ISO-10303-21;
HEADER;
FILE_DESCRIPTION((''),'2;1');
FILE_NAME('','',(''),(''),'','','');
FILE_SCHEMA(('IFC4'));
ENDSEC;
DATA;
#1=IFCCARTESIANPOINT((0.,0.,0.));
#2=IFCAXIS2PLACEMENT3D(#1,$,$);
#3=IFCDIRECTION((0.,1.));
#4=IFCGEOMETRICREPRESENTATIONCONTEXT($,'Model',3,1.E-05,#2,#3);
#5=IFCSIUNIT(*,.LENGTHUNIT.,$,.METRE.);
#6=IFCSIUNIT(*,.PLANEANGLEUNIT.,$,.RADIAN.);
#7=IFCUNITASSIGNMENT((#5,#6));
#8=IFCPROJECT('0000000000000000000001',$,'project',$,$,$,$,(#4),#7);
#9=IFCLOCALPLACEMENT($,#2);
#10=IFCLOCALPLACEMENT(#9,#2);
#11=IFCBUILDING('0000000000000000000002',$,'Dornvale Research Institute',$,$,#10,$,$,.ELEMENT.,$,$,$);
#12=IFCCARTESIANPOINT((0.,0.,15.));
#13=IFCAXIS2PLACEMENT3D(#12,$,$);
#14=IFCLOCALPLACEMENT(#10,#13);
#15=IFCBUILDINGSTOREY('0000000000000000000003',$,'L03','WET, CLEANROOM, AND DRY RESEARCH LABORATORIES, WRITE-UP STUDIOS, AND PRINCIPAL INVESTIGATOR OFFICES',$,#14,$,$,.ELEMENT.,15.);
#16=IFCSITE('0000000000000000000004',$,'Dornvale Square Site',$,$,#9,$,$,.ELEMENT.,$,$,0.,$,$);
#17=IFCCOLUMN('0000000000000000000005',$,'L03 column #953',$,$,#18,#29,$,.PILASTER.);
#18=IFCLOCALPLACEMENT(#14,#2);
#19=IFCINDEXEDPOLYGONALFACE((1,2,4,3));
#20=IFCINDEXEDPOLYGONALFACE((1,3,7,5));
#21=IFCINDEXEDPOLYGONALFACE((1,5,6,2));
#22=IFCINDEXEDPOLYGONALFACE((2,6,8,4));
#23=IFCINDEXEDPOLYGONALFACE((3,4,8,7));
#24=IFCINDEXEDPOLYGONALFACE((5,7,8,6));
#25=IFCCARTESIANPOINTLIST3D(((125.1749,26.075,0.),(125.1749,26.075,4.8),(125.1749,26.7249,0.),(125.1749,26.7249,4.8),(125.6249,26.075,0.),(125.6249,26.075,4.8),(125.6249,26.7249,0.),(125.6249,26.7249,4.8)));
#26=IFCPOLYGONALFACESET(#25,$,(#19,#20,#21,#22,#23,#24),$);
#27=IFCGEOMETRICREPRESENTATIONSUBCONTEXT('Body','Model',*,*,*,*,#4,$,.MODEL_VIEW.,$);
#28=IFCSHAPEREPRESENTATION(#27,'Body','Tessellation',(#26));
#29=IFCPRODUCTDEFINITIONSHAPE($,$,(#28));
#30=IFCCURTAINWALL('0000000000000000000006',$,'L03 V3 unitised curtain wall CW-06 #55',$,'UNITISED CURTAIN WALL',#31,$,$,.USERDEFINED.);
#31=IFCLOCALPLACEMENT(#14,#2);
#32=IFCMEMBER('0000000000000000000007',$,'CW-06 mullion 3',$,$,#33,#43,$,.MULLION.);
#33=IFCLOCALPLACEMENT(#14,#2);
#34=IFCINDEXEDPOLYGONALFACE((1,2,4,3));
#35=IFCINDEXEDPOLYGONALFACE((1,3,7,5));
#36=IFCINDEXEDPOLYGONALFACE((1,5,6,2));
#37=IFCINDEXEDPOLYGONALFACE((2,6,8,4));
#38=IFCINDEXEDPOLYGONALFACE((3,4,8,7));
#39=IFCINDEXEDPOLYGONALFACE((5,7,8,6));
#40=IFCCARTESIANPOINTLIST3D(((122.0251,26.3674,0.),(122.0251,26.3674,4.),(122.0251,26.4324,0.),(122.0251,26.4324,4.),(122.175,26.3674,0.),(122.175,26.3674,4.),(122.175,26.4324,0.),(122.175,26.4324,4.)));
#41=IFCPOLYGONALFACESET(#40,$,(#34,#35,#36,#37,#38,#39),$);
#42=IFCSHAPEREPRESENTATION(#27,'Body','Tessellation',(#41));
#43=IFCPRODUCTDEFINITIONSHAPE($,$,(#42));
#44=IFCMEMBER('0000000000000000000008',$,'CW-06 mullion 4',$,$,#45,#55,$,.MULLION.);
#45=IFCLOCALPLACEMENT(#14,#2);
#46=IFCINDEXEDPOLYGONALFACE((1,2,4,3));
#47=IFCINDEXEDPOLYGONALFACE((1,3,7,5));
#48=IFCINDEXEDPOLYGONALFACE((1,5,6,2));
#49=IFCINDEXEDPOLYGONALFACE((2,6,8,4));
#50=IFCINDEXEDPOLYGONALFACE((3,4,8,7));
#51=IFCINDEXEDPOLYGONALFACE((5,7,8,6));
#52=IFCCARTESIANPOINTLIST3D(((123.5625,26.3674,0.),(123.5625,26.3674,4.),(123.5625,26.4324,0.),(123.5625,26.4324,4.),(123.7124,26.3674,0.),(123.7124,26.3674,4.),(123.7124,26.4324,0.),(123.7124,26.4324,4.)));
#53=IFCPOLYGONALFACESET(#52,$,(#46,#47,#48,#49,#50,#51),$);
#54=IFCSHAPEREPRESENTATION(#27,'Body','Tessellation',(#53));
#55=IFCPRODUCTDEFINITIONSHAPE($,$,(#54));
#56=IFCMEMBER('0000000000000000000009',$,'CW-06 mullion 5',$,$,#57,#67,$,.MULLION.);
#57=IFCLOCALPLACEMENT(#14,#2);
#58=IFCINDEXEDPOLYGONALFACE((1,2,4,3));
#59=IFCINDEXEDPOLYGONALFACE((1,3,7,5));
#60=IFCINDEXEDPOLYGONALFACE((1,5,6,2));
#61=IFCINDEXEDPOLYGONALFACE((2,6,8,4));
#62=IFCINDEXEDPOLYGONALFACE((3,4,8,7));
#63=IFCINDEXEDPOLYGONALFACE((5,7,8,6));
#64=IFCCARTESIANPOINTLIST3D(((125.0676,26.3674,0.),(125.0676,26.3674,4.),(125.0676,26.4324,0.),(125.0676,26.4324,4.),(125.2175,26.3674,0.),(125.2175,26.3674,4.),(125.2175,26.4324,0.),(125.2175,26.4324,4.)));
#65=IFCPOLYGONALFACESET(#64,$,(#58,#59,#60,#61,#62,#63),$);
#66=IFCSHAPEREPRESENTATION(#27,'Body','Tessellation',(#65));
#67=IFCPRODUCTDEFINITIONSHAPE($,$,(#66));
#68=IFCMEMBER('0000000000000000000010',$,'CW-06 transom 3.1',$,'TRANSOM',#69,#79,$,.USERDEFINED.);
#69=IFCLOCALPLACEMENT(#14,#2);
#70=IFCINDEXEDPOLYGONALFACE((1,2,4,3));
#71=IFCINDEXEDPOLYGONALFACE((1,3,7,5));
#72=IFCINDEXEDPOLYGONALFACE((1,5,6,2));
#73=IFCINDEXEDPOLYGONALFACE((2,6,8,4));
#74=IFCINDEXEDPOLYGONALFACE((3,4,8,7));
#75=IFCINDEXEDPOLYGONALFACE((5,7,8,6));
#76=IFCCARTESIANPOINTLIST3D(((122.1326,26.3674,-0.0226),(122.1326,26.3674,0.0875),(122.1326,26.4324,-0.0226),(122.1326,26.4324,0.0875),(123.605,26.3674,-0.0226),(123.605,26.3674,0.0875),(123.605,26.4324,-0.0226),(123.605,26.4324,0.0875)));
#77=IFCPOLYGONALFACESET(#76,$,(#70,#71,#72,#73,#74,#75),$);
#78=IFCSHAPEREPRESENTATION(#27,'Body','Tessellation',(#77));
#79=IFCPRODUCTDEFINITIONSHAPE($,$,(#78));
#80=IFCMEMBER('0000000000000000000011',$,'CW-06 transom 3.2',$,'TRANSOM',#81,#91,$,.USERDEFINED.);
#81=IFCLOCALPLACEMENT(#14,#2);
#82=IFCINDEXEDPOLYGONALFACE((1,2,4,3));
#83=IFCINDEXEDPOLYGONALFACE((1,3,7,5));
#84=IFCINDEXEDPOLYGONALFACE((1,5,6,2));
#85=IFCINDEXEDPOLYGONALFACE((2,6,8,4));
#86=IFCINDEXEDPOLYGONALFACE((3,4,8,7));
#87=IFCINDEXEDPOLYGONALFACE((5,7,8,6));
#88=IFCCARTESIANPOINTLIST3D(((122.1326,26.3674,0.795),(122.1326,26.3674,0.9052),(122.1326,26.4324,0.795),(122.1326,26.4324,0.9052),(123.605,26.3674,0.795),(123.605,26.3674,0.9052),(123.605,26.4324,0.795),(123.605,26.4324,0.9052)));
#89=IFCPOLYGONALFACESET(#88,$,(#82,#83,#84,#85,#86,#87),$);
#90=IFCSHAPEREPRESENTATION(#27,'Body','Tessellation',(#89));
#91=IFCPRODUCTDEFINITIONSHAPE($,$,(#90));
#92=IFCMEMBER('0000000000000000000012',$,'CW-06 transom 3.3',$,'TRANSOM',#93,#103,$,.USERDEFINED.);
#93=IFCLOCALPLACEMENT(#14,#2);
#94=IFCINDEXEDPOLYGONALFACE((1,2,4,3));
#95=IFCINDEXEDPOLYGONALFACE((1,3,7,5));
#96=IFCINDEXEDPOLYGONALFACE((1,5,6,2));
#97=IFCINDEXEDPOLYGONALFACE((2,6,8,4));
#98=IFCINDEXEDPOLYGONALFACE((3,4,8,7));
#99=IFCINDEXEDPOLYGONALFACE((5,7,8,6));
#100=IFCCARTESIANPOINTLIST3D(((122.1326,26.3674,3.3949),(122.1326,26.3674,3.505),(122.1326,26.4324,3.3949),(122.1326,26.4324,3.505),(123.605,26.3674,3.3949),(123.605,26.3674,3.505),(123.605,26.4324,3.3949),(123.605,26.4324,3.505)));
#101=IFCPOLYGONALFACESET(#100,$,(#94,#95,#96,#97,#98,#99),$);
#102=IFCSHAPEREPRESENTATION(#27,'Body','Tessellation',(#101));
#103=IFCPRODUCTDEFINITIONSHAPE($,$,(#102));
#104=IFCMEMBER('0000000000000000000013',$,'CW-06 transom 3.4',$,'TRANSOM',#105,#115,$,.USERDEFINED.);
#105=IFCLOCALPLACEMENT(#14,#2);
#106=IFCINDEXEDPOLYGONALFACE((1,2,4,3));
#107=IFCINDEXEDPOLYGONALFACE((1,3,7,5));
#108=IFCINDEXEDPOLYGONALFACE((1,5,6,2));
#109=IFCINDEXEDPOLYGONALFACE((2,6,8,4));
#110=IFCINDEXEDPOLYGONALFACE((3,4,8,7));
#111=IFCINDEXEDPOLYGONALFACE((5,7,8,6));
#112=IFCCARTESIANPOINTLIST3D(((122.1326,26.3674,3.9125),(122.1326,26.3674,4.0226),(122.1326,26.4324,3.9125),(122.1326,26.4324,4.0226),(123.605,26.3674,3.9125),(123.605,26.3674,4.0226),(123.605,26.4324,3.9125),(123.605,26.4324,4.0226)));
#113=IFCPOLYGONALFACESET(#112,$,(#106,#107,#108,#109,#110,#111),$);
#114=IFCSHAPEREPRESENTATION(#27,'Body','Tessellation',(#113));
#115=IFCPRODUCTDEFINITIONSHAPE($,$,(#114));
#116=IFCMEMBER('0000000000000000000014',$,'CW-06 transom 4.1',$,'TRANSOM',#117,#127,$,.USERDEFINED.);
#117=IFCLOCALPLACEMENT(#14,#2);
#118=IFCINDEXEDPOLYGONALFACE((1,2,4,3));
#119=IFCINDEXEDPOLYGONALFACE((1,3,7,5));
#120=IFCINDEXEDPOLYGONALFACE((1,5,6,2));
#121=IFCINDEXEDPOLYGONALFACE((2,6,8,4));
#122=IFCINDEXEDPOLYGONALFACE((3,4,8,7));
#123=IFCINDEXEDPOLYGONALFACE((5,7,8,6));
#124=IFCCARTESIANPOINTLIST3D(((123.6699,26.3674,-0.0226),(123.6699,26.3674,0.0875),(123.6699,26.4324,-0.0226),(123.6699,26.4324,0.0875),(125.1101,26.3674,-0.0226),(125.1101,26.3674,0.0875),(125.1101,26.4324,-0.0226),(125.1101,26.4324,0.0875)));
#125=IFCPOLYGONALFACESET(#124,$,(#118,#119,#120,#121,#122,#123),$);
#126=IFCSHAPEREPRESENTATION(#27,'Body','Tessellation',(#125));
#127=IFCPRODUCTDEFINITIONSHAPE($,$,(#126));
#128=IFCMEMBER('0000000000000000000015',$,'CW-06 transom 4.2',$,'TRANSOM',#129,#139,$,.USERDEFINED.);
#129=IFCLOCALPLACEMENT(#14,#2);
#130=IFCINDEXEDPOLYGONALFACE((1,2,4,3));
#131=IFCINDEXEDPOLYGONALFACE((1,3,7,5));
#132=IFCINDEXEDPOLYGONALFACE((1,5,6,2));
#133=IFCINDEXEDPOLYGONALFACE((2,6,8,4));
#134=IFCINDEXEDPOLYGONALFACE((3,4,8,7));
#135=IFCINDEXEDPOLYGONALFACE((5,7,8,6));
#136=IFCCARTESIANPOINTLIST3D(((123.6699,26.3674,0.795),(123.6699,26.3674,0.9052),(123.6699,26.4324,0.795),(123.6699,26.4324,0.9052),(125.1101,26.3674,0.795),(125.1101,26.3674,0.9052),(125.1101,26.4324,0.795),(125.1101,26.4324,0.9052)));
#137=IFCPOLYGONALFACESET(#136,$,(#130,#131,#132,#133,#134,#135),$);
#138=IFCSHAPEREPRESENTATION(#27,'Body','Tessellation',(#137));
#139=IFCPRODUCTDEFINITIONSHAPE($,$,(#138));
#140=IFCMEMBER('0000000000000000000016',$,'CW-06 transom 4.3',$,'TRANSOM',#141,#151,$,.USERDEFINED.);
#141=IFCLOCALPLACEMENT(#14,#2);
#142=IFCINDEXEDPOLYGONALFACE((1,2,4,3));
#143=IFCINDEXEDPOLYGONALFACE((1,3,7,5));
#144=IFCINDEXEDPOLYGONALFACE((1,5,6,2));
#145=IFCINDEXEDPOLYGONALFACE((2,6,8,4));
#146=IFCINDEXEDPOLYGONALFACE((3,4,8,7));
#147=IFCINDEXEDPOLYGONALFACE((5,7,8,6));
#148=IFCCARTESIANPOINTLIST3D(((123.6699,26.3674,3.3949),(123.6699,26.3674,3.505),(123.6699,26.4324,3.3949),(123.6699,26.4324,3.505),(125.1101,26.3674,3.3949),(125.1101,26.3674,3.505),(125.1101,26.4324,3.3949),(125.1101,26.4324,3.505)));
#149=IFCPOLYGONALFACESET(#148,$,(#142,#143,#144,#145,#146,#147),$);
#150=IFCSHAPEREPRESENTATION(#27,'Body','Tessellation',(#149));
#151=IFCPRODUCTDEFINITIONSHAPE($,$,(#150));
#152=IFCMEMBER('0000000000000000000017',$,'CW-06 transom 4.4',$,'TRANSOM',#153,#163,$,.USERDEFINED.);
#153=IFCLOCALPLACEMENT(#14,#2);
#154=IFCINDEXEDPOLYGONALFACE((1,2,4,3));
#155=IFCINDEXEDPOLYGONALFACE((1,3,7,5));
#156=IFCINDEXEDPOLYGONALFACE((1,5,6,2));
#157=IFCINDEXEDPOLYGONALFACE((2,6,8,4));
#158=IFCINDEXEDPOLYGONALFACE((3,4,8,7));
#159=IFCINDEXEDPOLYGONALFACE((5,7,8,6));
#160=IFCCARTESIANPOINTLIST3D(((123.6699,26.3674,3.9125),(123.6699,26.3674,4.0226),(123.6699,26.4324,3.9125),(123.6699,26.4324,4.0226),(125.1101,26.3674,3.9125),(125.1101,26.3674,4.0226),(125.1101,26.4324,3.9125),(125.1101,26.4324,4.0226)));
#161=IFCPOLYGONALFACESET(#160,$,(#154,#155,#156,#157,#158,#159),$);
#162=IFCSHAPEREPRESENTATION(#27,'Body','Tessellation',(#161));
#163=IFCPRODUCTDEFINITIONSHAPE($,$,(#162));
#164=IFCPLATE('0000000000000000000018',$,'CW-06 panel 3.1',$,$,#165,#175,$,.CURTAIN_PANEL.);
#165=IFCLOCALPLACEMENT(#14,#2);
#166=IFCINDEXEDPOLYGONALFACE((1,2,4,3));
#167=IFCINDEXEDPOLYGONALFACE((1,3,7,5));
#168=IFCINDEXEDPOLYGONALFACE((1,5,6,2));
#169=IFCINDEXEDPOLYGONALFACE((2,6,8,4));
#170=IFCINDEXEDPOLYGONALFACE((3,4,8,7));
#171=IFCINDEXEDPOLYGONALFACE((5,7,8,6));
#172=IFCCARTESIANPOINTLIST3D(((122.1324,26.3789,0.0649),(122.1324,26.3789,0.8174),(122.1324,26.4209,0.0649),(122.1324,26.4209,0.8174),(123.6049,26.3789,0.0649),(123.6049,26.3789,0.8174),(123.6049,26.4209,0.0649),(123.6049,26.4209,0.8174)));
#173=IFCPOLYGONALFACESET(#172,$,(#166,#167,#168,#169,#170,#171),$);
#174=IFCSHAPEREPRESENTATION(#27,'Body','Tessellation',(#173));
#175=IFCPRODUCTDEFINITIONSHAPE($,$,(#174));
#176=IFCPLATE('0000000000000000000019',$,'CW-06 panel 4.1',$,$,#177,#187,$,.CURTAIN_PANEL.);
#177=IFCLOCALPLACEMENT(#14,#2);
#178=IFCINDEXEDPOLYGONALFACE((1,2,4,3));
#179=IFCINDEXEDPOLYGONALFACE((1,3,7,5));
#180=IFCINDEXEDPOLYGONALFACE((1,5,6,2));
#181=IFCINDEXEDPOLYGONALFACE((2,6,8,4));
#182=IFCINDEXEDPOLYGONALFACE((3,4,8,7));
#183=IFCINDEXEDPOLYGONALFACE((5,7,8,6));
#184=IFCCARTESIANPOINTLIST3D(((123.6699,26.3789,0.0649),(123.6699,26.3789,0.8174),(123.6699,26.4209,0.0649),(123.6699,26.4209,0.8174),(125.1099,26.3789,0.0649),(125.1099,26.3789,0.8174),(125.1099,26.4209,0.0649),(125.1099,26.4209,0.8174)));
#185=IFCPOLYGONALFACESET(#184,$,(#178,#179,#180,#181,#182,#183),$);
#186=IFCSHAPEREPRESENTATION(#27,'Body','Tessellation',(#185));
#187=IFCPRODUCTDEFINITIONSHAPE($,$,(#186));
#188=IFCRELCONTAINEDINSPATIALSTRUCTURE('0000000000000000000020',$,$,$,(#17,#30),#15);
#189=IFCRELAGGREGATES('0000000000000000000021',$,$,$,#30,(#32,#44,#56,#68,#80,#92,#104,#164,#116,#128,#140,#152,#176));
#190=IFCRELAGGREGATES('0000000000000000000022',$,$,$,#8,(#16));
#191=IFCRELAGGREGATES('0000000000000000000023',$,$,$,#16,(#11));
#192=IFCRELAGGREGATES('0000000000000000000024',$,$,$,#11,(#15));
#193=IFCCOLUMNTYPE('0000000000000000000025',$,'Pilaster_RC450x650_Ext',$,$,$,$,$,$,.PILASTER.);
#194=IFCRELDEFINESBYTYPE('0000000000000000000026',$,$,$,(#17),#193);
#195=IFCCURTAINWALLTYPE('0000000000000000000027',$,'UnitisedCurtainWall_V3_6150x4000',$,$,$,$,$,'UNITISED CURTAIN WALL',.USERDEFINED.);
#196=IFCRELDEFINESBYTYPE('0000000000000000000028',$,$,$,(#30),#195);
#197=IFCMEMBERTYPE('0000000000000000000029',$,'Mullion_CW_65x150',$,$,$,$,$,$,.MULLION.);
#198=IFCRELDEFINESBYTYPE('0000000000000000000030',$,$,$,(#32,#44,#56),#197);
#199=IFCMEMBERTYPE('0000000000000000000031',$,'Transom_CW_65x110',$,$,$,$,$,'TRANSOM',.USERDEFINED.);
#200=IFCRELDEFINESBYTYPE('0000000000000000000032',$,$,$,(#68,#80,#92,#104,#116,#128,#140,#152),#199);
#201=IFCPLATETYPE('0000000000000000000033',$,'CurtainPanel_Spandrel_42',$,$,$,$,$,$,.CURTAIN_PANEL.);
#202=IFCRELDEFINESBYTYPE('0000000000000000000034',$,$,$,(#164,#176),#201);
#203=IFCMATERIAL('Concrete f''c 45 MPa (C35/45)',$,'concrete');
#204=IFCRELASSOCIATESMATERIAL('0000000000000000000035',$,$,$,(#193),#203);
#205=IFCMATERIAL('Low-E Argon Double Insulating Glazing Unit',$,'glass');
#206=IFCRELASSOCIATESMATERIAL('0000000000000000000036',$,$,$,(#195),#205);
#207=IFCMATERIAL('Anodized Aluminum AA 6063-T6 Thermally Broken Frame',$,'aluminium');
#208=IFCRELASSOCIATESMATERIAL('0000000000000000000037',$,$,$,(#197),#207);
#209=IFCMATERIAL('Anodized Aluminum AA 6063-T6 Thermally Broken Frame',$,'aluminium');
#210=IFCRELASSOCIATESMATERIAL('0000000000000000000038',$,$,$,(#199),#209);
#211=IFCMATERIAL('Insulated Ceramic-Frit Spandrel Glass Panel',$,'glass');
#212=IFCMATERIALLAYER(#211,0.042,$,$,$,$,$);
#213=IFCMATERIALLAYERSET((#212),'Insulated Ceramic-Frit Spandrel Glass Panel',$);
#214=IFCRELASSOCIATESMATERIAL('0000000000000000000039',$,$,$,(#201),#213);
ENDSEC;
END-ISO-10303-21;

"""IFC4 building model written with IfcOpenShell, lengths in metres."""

from ifc_helpers import new_model, si_unit, direction, frame, origin, origin_2d, place, context, subcontext, project, spatial, rectangle, extrude, material, layer, layer_set, material_profile, profile_set, type_object, element, aggregate, save


model = new_model("IFC4")

# Units and contexts
model_context = context("Model", 3, precision=1e-05, world=origin(), true_north=direction((0.0, 1.0)))
body_context = subcontext(model_context, "Body", "Model", "MODEL_VIEW")
ifc_project = project(units=[si_unit("LENGTHUNIT", "METRE"), si_unit("PLANEANGLEUNIT", "RADIAN")], contexts=[model_context])

# Site, building, storey
site_placement = place(None, origin())
site = spatial("IfcSite", under=ifc_project, at=site_placement, Name="Dornvale Square Site", CompositionType="ELEMENT", RefElevation=0.0)
building_placement = place(site_placement, origin())
building = spatial("IfcBuilding", under=site, at=building_placement, Name="Dornvale Research Institute", CompositionType="ELEMENT")
storey_placement = place(building_placement, frame((0.0, 0.0, 15.0)))
storey = spatial("IfcBuildingStorey", under=building, at=storey_placement, Name="L03", Description="WET, CLEANROOM, AND DRY RESEARCH LABORATORIES, WRITE-UP STUDIOS, AND PRINCIPAL INVESTIGATOR OFFICES", CompositionType="ELEMENT", Elevation=15.0)

# Column
ifc_material_1 = material(Name="Concrete f'c 45 MPa (C35/45)", Category="concrete")
ifc_material_profile_1 = material_profile(ifc_material_1, rectangle(XDim=0.45, YDim=0.6499, at=origin_2d()), Name="RC 450x650")
ifc_profile_set_1 = profile_set([ifc_material_profile_1], Name="Concrete f'c 45 MPa (C35/45)")
column_type = type_object("IfcColumnType", Name="Pilaster_RC450x650_Ext", PredefinedType="PILASTER", material=ifc_profile_set_1)
column_placement = place(storey_placement, frame((125.3999, 26.3999, 0.0), z_axis=(0.0, 0.0, 1.0), x_axis=(1.0, 0.0, 0.0)))
element("IfcColumn", 1, at=column_placement, inside=storey, type_object=column_type, Name="L03 column #953", PredefinedType="PILASTER", context=body_context, shape_type="SweptSolid", body=[
    extrude(rectangle(XDim=0.45, YDim=0.6499, at=origin_2d()), origin(), (0.0, 0.0, 1.0), 4.8),
])

# Curtain wall, members, plates
ifc_material_2 = material(Name="Low-E Argon Double Insulating Glazing Unit", Category="glass")
curtain_wall_type = type_object("IfcCurtainWallType", Name="UnitisedCurtainWall_V3_6150x4000", ElementType="UNITISED CURTAIN WALL", PredefinedType="USERDEFINED", material=ifc_material_2)
curtain_wall_placement = place(storey_placement, origin())
curtain_wall = element("IfcCurtainWall", 2, at=curtain_wall_placement, inside=storey, type_object=curtain_wall_type, Name="L03 V3 unitised curtain wall CW-06 #55", ObjectType="UNITISED CURTAIN WALL", PredefinedType="USERDEFINED")
ifc_material_3 = material(Name="Anodized Aluminum AA 6063-T6 Thermally Broken Frame", Category="aluminium")
ifc_material_profile_2 = material_profile(ifc_material_3, rectangle(XDim=0.0649, YDim=0.1499, at=origin_2d()), Name="ALU MULLION 65x150")
ifc_profile_set_2 = profile_set([ifc_material_profile_2], Name="Anodized Aluminum AA 6063-T6 Thermally Broken Frame")
member_type_1 = type_object("IfcMemberType", Name="Mullion_CW_65x150", PredefinedType="MULLION", material=ifc_profile_set_2)
member_1_placement = place(storey_placement, frame((122.1001, 26.3999, 0.0), z_axis=(0.0, 0.0, 1.0), x_axis=(0.0, 1.0, 0.0)))
member_1 = element("IfcMember", 3, at=member_1_placement, type_object=member_type_1, Name="CW-06 mullion 3", PredefinedType="MULLION", context=body_context, shape_type="SweptSolid", body=[
    extrude(rectangle(XDim=0.0649, YDim=0.1499, at=origin_2d()), origin(), (0.0, 0.0, 1.0), 4.0),
])
member_2_placement = place(storey_placement, frame((123.6375, 26.3999, 0.0), z_axis=(0.0, 0.0, 1.0), x_axis=(0.0, 1.0, 0.0)))
member_2 = element("IfcMember", 4, at=member_2_placement, type_object=member_type_1, Name="CW-06 mullion 4", PredefinedType="MULLION", context=body_context, shape_type="SweptSolid", body=[
    extrude(rectangle(XDim=0.0649, YDim=0.1499, at=origin_2d()), origin(), (0.0, 0.0, 1.0), 4.0),
])
member_3_placement = place(storey_placement, frame((125.1426, 26.3999, 0.0), z_axis=(0.0, 0.0, 1.0), x_axis=(0.0, 1.0, 0.0)))
member_3 = element("IfcMember", 5, at=member_3_placement, type_object=member_type_1, Name="CW-06 mullion 5", PredefinedType="MULLION", context=body_context, shape_type="SweptSolid", body=[
    extrude(rectangle(XDim=0.0649, YDim=0.1499, at=origin_2d()), origin(), (0.0, 0.0, 1.0), 4.0),
])
ifc_material_4 = material(Name="Anodized Aluminum AA 6063-T6 Thermally Broken Frame", Category="aluminium")
ifc_material_profile_3 = material_profile(ifc_material_4, rectangle(XDim=0.0649, YDim=0.1101, at=origin_2d()), Name="ALU TRANSOM 65x110")
ifc_profile_set_3 = profile_set([ifc_material_profile_3], Name="Anodized Aluminum AA 6063-T6 Thermally Broken Frame")
member_type_2 = type_object("IfcMemberType", Name="Transom_CW_65x110", ElementType="TRANSOM", PredefinedType="USERDEFINED", material=ifc_profile_set_3)
member_4_placement = place(storey_placement, frame((122.1326, 26.3999, 0.0325), z_axis=(1.0, 0.0, 0.0), x_axis=(0.0, 1.0, 0.0)))
member_4 = element("IfcMember", 6, at=member_4_placement, type_object=member_type_2, Name="CW-06 transom 3.1", ObjectType="TRANSOM", PredefinedType="USERDEFINED", context=body_context, shape_type="SweptSolid", body=[
    extrude(rectangle(XDim=0.0649, YDim=0.1101, at=origin_2d()), origin(), (0.0, 0.0, 1.0), 1.4724),
])
member_5_placement = place(storey_placement, frame((122.1326, 26.3999, 0.8501), z_axis=(1.0, 0.0, 0.0), x_axis=(0.0, 1.0, 0.0)))
member_5 = element("IfcMember", 7, at=member_5_placement, type_object=member_type_2, Name="CW-06 transom 3.2", ObjectType="TRANSOM", PredefinedType="USERDEFINED", context=body_context, shape_type="SweptSolid", body=[
    extrude(rectangle(XDim=0.0649, YDim=0.1101, at=origin_2d()), origin(), (0.0, 0.0, 1.0), 1.4724),
])
member_6_placement = place(storey_placement, frame((122.1326, 26.3999, 3.45), z_axis=(1.0, 0.0, 0.0), x_axis=(0.0, 1.0, 0.0)))
member_6 = element("IfcMember", 8, at=member_6_placement, type_object=member_type_2, Name="CW-06 transom 3.3", ObjectType="TRANSOM", PredefinedType="USERDEFINED", context=body_context, shape_type="SweptSolid", body=[
    extrude(rectangle(XDim=0.0649, YDim=0.1101, at=origin_2d()), origin(), (0.0, 0.0, 1.0), 1.4724),
])
member_7_placement = place(storey_placement, frame((122.1326, 26.3999, 3.9675), z_axis=(1.0, 0.0, 0.0), x_axis=(0.0, 1.0, 0.0)))
member_7 = element("IfcMember", 9, at=member_7_placement, type_object=member_type_2, Name="CW-06 transom 3.4", ObjectType="TRANSOM", PredefinedType="USERDEFINED", context=body_context, shape_type="SweptSolid", body=[
    extrude(rectangle(XDim=0.0649, YDim=0.1101, at=origin_2d()), origin(), (0.0, 0.0, 1.0), 1.4724),
])
member_8_placement = place(storey_placement, frame((123.6699, 26.3999, 0.0325), z_axis=(1.0, 0.0, 0.0), x_axis=(0.0, 1.0, 0.0)))
member_8 = element("IfcMember", 10, at=member_8_placement, type_object=member_type_2, Name="CW-06 transom 4.1", ObjectType="TRANSOM", PredefinedType="USERDEFINED", context=body_context, shape_type="SweptSolid", body=[
    extrude(rectangle(XDim=0.0649, YDim=0.1101, at=origin_2d()), origin(), (0.0, 0.0, 1.0), 1.4402),
])
member_9_placement = place(storey_placement, frame((123.6699, 26.3999, 0.8501), z_axis=(1.0, 0.0, 0.0), x_axis=(0.0, 1.0, 0.0)))
member_9 = element("IfcMember", 11, at=member_9_placement, type_object=member_type_2, Name="CW-06 transom 4.2", ObjectType="TRANSOM", PredefinedType="USERDEFINED", context=body_context, shape_type="SweptSolid", body=[
    extrude(rectangle(XDim=0.0649, YDim=0.1101, at=origin_2d()), origin(), (0.0, 0.0, 1.0), 1.4402),
])
member_10_placement = place(storey_placement, frame((123.6699, 26.3999, 3.45), z_axis=(1.0, 0.0, 0.0), x_axis=(0.0, 1.0, 0.0)))
member_10 = element("IfcMember", 12, at=member_10_placement, type_object=member_type_2, Name="CW-06 transom 4.3", ObjectType="TRANSOM", PredefinedType="USERDEFINED", context=body_context, shape_type="SweptSolid", body=[
    extrude(rectangle(XDim=0.0649, YDim=0.1101, at=origin_2d()), origin(), (0.0, 0.0, 1.0), 1.4402),
])
member_11_placement = place(storey_placement, frame((123.6699, 26.3999, 3.9675), z_axis=(1.0, 0.0, 0.0), x_axis=(0.0, 1.0, 0.0)))
member_11 = element("IfcMember", 13, at=member_11_placement, type_object=member_type_2, Name="CW-06 transom 4.4", ObjectType="TRANSOM", PredefinedType="USERDEFINED", context=body_context, shape_type="SweptSolid", body=[
    extrude(rectangle(XDim=0.0649, YDim=0.1101, at=origin_2d()), origin(), (0.0, 0.0, 1.0), 1.4402),
])
ifc_material_5 = material(Name="Insulated Ceramic-Frit Spandrel Glass Panel", Category="glass")
ifc_layer_1 = layer(ifc_material_5, 0.042)
ifc_layer_set_1 = layer_set([ifc_layer_1], Name="Insulated Ceramic-Frit Spandrel Glass Panel")
plate_type_1 = type_object("IfcPlateType", Name="CurtainPanel_Spandrel_42", PredefinedType="CURTAIN_PANEL", material=ifc_layer_set_1)
plate_1_placement = place(storey_placement, frame((122.8687, 26.3999, 0.0649), z_axis=(0.0, 0.0, 1.0), x_axis=(1.0, 0.0, 0.0)))
plate_1 = element("IfcPlate", 14, at=plate_1_placement, type_object=plate_type_1, Name="CW-06 panel 3.1", PredefinedType="CURTAIN_PANEL", context=body_context, shape_type="SweptSolid", body=[
    extrude(rectangle(XDim=1.4724, YDim=0.042, at=origin_2d()), origin(), (0.0, 0.0, 1.0), 0.7524),
])
plate_2_placement = place(storey_placement, frame((124.3899, 26.3999, 0.0649), z_axis=(0.0, 0.0, 1.0), x_axis=(1.0, 0.0, 0.0)))
plate_2 = element("IfcPlate", 15, at=plate_2_placement, type_object=plate_type_1, Name="CW-06 panel 4.1", PredefinedType="CURTAIN_PANEL", context=body_context, shape_type="SweptSolid", body=[
    extrude(rectangle(XDim=1.4399, YDim=0.042, at=origin_2d()), origin(), (0.0, 0.0, 1.0), 0.7524),
])
aggregate(curtain_wall, [member_1, member_2, member_3, member_4, member_5, member_6, member_7, plate_1, member_8, member_9, member_10, member_11, plate_2])

save(model, "model.ifc")
